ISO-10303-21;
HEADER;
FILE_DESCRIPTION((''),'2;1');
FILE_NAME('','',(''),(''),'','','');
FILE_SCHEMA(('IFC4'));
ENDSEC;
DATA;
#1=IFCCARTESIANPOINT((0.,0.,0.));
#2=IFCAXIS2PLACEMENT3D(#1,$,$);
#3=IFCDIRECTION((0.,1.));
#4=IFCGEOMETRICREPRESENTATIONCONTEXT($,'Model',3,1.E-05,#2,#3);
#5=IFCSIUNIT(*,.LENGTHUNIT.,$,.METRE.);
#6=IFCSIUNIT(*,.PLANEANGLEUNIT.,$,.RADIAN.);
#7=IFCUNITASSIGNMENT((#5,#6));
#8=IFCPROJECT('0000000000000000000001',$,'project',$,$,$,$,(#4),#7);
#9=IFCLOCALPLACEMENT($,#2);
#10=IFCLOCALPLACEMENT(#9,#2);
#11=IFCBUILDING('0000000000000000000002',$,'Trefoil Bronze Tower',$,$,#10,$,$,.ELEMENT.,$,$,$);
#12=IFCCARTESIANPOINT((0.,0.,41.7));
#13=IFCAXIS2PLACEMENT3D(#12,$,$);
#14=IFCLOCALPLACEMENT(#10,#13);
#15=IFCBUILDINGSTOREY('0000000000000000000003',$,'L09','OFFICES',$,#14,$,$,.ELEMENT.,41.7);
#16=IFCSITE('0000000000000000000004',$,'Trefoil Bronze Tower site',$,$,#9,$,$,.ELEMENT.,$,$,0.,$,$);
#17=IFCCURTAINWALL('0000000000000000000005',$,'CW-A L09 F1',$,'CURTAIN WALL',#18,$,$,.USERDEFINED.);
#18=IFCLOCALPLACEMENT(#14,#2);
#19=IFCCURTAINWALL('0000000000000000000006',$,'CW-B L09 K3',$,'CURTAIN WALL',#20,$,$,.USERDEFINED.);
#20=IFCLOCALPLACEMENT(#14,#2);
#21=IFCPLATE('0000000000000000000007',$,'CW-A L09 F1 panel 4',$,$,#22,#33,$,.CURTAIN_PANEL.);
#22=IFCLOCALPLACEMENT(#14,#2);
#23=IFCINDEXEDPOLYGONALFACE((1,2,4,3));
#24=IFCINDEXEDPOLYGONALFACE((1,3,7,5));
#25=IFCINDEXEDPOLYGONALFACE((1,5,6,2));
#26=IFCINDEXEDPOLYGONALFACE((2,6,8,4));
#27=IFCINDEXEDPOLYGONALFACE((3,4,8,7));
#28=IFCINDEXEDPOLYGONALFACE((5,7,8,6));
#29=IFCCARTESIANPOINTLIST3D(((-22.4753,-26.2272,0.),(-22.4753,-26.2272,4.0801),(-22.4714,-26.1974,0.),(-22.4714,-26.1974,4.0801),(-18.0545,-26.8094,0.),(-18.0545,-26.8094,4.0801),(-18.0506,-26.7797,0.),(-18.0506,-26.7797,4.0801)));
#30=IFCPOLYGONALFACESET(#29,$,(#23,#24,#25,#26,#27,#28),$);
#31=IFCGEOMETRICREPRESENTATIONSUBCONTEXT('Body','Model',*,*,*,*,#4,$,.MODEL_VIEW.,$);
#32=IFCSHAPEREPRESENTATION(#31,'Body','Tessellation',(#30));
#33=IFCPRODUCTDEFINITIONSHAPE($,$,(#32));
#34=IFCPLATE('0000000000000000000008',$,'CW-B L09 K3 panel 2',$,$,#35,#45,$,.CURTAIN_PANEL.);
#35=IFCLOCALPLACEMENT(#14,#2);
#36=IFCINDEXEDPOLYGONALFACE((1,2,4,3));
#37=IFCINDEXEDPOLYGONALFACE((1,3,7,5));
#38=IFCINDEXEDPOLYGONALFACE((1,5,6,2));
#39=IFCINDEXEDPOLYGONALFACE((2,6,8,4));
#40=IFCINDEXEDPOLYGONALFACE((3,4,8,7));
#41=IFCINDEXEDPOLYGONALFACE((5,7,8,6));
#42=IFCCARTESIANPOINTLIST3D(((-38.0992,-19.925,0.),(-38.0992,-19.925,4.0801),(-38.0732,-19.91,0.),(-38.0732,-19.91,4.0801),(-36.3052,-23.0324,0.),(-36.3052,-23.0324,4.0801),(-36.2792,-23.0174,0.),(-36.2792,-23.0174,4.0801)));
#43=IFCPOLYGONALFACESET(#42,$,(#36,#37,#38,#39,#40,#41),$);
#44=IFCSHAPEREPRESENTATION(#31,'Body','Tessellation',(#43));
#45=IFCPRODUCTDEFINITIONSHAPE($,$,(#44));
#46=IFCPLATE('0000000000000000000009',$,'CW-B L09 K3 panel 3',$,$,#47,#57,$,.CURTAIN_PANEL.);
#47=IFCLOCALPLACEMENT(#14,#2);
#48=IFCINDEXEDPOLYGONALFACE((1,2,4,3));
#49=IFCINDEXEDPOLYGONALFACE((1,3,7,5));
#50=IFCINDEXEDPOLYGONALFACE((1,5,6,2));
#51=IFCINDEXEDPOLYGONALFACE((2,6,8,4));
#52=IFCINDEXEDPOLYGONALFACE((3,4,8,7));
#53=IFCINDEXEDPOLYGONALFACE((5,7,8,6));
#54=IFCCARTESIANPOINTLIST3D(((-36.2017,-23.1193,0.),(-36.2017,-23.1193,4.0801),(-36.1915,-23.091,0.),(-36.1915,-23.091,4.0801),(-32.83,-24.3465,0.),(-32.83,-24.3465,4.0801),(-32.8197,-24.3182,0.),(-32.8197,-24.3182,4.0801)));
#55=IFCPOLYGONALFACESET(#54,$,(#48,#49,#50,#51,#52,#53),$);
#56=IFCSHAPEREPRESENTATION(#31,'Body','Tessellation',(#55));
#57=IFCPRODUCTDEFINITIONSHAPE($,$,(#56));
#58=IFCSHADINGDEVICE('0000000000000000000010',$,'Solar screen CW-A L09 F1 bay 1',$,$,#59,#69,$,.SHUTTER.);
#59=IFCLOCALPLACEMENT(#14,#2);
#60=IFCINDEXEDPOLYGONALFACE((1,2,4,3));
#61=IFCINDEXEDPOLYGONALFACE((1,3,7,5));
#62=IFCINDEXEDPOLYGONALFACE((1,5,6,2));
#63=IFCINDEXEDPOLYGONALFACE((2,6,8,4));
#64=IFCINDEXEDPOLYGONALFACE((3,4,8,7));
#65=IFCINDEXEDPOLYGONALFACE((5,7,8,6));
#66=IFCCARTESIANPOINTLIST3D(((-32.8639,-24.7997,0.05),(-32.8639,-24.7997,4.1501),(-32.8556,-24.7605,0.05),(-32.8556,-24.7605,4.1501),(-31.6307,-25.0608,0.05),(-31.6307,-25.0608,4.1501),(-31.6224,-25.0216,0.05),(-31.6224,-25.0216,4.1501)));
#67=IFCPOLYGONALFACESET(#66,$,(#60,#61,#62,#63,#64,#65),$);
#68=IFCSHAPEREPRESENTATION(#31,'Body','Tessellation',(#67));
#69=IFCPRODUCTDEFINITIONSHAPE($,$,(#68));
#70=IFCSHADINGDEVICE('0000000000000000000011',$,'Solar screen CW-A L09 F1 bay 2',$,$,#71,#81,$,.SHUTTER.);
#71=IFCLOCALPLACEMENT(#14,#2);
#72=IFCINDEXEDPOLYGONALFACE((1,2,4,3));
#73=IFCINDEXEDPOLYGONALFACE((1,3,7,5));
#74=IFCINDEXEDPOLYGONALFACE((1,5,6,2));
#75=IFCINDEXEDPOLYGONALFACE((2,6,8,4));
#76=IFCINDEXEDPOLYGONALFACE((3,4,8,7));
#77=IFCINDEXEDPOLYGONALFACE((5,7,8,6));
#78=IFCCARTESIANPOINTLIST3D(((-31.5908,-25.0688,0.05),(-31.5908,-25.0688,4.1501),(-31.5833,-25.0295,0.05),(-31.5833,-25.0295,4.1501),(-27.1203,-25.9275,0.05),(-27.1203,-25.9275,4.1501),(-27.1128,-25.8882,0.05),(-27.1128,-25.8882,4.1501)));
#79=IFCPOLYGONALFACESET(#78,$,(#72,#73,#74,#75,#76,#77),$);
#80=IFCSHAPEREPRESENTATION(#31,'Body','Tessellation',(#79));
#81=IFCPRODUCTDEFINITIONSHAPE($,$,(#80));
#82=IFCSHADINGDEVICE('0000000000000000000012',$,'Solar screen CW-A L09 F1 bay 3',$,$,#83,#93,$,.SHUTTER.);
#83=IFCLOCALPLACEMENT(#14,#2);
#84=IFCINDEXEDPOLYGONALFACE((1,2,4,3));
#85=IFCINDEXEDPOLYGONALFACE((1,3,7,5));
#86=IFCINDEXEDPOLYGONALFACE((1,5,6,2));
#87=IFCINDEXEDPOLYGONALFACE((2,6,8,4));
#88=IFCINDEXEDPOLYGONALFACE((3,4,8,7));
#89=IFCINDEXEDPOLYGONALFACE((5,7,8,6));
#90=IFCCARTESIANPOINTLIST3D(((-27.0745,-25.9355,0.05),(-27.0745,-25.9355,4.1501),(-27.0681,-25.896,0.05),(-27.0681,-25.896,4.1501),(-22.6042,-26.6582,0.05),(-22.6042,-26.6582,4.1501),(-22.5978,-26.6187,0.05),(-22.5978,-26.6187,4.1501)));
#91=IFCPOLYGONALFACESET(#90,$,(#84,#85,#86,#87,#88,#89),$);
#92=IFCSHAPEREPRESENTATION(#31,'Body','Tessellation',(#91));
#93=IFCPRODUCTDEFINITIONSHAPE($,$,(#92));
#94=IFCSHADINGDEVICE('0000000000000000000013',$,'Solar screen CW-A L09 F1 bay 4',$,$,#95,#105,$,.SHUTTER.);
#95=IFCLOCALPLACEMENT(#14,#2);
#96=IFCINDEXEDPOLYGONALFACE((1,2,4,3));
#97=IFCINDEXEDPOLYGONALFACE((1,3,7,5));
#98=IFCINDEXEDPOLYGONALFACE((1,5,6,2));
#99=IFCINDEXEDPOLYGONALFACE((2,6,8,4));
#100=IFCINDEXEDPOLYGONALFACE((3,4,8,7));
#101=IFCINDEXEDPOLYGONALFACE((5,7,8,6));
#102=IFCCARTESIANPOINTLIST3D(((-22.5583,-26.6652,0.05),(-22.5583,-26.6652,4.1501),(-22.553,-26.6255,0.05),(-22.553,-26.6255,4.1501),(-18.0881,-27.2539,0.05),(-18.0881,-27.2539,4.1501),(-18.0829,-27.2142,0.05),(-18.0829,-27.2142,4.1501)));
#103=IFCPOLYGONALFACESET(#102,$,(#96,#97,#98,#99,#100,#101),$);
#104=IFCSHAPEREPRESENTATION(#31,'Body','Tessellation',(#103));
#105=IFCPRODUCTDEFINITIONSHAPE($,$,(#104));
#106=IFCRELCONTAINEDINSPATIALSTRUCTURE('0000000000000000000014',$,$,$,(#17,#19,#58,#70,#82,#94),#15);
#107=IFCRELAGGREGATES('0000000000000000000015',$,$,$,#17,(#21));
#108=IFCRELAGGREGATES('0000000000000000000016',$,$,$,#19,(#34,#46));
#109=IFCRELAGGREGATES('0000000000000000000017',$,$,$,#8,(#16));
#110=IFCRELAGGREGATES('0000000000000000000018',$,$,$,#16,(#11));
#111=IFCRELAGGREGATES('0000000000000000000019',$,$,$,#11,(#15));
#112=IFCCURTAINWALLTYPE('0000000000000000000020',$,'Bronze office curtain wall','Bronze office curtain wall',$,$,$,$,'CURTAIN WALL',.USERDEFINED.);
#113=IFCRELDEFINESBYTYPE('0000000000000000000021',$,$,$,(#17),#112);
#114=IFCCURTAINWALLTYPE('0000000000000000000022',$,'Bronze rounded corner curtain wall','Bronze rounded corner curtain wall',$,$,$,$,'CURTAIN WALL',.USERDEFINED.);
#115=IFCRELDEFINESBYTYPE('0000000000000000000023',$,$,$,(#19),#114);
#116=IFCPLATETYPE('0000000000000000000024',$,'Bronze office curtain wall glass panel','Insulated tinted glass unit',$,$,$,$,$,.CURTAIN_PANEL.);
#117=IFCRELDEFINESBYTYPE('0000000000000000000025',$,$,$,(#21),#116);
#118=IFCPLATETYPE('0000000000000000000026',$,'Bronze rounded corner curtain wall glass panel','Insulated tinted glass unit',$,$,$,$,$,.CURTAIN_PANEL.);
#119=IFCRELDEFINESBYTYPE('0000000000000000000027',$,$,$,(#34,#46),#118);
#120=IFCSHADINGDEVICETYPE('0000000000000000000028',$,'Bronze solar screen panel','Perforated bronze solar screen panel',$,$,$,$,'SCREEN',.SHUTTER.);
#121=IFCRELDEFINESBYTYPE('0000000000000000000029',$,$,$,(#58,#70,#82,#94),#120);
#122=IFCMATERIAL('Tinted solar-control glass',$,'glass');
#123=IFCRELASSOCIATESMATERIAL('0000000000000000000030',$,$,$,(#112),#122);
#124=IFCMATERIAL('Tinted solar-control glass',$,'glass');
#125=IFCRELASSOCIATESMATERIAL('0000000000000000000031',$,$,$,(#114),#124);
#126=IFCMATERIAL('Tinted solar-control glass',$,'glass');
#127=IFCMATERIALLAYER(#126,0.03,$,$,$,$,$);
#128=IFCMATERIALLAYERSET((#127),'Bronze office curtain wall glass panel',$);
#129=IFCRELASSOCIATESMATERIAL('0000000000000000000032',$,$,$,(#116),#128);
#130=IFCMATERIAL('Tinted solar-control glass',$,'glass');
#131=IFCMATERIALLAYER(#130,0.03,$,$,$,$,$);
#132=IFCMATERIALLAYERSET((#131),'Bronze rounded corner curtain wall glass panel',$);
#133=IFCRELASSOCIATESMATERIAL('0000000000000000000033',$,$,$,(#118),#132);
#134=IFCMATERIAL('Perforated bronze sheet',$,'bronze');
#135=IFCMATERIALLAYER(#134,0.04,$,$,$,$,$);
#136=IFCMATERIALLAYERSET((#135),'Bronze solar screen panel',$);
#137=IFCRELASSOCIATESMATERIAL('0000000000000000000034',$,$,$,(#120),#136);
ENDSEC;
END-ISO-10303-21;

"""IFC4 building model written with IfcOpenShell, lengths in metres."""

from ifc_helpers import new_model, si_unit, direction, frame, origin, origin_2d, place, context, subcontext, project, spatial, rectangle, extrude, material, layer, layer_set, type_object, element, aggregate, save


model = new_model("IFC4")

# Units and contexts
model_context = context("Model", 3, precision=1e-05, world=origin(), true_north=direction((0.0, 1.0)))
body_context = subcontext(model_context, "Body", "Model", "MODEL_VIEW")
ifc_project = project(units=[si_unit("LENGTHUNIT", "METRE"), si_unit("PLANEANGLEUNIT", "RADIAN")], contexts=[model_context])

# Site, building, storey
site_placement = place(None, origin())
site = spatial("IfcSite", under=ifc_project, at=site_placement, Name="Trefoil Bronze Tower site", CompositionType="ELEMENT", RefElevation=0.0)
building_placement = place(site_placement, origin())
building = spatial("IfcBuilding", under=site, at=building_placement, Name="Trefoil Bronze Tower", CompositionType="ELEMENT")
storey_placement = place(building_placement, frame((0.0, 0.0, 41.7)))
storey = spatial("IfcBuildingStorey", under=building, at=storey_placement, Name="L09", Description="OFFICES", CompositionType="ELEMENT", Elevation=41.7)

# Curtain walls
ifc_material_1 = material(Name="Tinted solar-control glass", Category="glass")
curtain_wall_type_1 = type_object("IfcCurtainWallType", Name="Bronze office curtain wall", Description="Bronze office curtain wall", ElementType="CURTAIN WALL", PredefinedType="USERDEFINED", material=ifc_material_1)
curtain_wall_1_placement = place(storey_placement, origin())
curtain_wall_1 = element("IfcCurtainWall", 1, at=curtain_wall_1_placement, inside=storey, type_object=curtain_wall_type_1, Name="CW-A L09 F1", ObjectType="CURTAIN WALL", PredefinedType="USERDEFINED")
ifc_material_2 = material(Name="Tinted solar-control glass", Category="glass")
curtain_wall_type_2 = type_object("IfcCurtainWallType", Name="Bronze rounded corner curtain wall", Description="Bronze rounded corner curtain wall", ElementType="CURTAIN WALL", PredefinedType="USERDEFINED", material=ifc_material_2)
curtain_wall_2_placement = place(storey_placement, origin())
curtain_wall_2 = element("IfcCurtainWall", 2, at=curtain_wall_2_placement, inside=storey, type_object=curtain_wall_type_2, Name="CW-B L09 K3", ObjectType="CURTAIN WALL", PredefinedType="USERDEFINED")

# Plates
ifc_material_3 = material(Name="Tinted solar-control glass", Category="glass")
ifc_layer_1 = layer(ifc_material_3, 0.03)
ifc_layer_set_1 = layer_set([ifc_layer_1], Name="Bronze office curtain wall glass panel")
plate_type_1 = type_object("IfcPlateType", Name="Bronze office curtain wall glass panel", Description="Insulated tinted glass unit", PredefinedType="CURTAIN_PANEL", material=ifc_layer_set_1)
plate_1_placement = place(storey_placement, frame((-20.2629, -26.5034, 0.0), z_axis=(0.0, 0.0, 1.0), x_axis=(0.991437, -0.130584, 0.0)))
plate_1 = element("IfcPlate", 3, at=plate_1_placement, type_object=plate_type_1, Name="CW-A L09 F1 panel 4", PredefinedType="CURTAIN_PANEL", context=body_context, shape_type="SweptSolid", body=[
    extrude(rectangle(XDim=4.459, YDim=0.03, at=origin_2d()), origin(), (0.0, 0.0, 1.0), 4.0801),
])
aggregate(curtain_wall_1, [plate_1])
ifc_material_4 = material(Name="Tinted solar-control glass", Category="glass")
ifc_layer_2 = layer(ifc_material_4, 0.03)
ifc_layer_set_2 = layer_set([ifc_layer_2], Name="Bronze rounded corner curtain wall glass panel")
plate_type_2 = type_object("IfcPlateType", Name="Bronze rounded corner curtain wall glass panel", Description="Insulated tinted glass unit", PredefinedType="CURTAIN_PANEL", material=ifc_layer_set_2)
plate_2_placement = place(storey_placement, frame((-37.1892, -21.4712, 0.0), z_axis=(0.0, 0.0, 1.0), x_axis=(0.5, -0.866025, 0.0)))
plate_2 = element("IfcPlate", 4, at=plate_2_placement, type_object=plate_type_2, Name="CW-B L09 K3 panel 2", PredefinedType="CURTAIN_PANEL", context=body_context, shape_type="SweptSolid", body=[
    extrude(rectangle(XDim=3.5881, YDim=0.03, at=origin_2d()), origin(), (0.0, 0.0, 1.0), 4.0801),
])
plate_3_placement = place(storey_placement, frame((-34.5107, -23.7188, 0.0), z_axis=(0.0, 0.0, 1.0), x_axis=(0.939693, -0.34202, 0.0)))
plate_3 = element("IfcPlate", 5, at=plate_3_placement, type_object=plate_type_2, Name="CW-B L09 K3 panel 3", PredefinedType="CURTAIN_PANEL", context=body_context, shape_type="SweptSolid", body=[
    extrude(rectangle(XDim=3.5881, YDim=0.03, at=origin_2d()), origin(), (0.0, 0.0, 1.0), 4.0801),
])
aggregate(curtain_wall_2, [plate_2, plate_3])

# Shading devices
ifc_material_5 = material(Name="Perforated bronze sheet", Category="bronze")
ifc_layer_3 = layer(ifc_material_5, 0.04)
ifc_layer_set_3 = layer_set([ifc_layer_3], Name="Bronze solar screen panel")
shading_device_type = type_object("IfcShadingDeviceType", Name="Bronze solar screen panel", Description="Perforated bronze solar screen panel", ElementType="SCREEN", PredefinedType="SHUTTER", material=ifc_layer_set_3)
shading_device_1_placement = place(storey_placement, frame((-32.2432, -24.9106, 0.05), z_axis=(0.0, 0.0, 1.0), x_axis=(0.978303, -0.207181, 0.0)))
element("IfcShadingDevice", 6, at=shading_device_1_placement, inside=storey, type_object=shading_device_type, Name="Solar screen CW-A L09 F1 bay 1", PredefinedType="SHUTTER", context=body_context, shape_type="SweptSolid", body=[
    extrude(rectangle(XDim=1.2605, YDim=0.04, at=origin_2d()), origin(), (0.0, 0.0, 1.0), 4.1001),
])
shading_device_2_placement = place(storey_placement, frame((-29.3518, -25.4785, 0.05), z_axis=(0.0, 0.0, 1.0), x_axis=(0.98205, -0.188622, 0.0)))
element("IfcShadingDevice", 7, at=shading_device_2_placement, inside=storey, type_object=shading_device_type, Name="Solar screen CW-A L09 F1 bay 2", PredefinedType="SHUTTER", context=body_context, shape_type="SweptSolid", body=[
    extrude(rectangle(XDim=4.5522, YDim=0.04, at=origin_2d()), origin(), (0.0, 0.0, 1.0), 4.1001),
])
shading_device_3_placement = place(storey_placement, frame((-24.8362, -26.2771, 0.05), z_axis=(0.0, 0.0, 1.0), x_axis=(0.987181, -0.159603, 0.0)))
element("IfcShadingDevice", 8, at=shading_device_3_placement, inside=storey, type_object=shading_device_type, Name="Solar screen CW-A L09 F1 bay 3", PredefinedType="SHUTTER", context=body_context, shape_type="SweptSolid", body=[
    extrude(rectangle(XDim=4.5283, YDim=0.04, at=origin_2d()), origin(), (0.0, 0.0, 1.0), 4.1001),
])
shading_device_4_placement = place(storey_placement, frame((-20.3206, -26.9397, 0.05), z_axis=(0.0, 0.0, 1.0), x_axis=(0.991437, -0.130584, 0.0)))
element("IfcShadingDevice", 9, at=shading_device_4_placement, inside=storey, type_object=shading_device_type, Name="Solar screen CW-A L09 F1 bay 4", PredefinedType="SHUTTER", context=body_context, shape_type="SweptSolid", body=[
    extrude(rectangle(XDim=4.5088, YDim=0.04, at=origin_2d()), origin(), (0.0, 0.0, 1.0), 4.1001),
])

save(model, "model.ifc")
